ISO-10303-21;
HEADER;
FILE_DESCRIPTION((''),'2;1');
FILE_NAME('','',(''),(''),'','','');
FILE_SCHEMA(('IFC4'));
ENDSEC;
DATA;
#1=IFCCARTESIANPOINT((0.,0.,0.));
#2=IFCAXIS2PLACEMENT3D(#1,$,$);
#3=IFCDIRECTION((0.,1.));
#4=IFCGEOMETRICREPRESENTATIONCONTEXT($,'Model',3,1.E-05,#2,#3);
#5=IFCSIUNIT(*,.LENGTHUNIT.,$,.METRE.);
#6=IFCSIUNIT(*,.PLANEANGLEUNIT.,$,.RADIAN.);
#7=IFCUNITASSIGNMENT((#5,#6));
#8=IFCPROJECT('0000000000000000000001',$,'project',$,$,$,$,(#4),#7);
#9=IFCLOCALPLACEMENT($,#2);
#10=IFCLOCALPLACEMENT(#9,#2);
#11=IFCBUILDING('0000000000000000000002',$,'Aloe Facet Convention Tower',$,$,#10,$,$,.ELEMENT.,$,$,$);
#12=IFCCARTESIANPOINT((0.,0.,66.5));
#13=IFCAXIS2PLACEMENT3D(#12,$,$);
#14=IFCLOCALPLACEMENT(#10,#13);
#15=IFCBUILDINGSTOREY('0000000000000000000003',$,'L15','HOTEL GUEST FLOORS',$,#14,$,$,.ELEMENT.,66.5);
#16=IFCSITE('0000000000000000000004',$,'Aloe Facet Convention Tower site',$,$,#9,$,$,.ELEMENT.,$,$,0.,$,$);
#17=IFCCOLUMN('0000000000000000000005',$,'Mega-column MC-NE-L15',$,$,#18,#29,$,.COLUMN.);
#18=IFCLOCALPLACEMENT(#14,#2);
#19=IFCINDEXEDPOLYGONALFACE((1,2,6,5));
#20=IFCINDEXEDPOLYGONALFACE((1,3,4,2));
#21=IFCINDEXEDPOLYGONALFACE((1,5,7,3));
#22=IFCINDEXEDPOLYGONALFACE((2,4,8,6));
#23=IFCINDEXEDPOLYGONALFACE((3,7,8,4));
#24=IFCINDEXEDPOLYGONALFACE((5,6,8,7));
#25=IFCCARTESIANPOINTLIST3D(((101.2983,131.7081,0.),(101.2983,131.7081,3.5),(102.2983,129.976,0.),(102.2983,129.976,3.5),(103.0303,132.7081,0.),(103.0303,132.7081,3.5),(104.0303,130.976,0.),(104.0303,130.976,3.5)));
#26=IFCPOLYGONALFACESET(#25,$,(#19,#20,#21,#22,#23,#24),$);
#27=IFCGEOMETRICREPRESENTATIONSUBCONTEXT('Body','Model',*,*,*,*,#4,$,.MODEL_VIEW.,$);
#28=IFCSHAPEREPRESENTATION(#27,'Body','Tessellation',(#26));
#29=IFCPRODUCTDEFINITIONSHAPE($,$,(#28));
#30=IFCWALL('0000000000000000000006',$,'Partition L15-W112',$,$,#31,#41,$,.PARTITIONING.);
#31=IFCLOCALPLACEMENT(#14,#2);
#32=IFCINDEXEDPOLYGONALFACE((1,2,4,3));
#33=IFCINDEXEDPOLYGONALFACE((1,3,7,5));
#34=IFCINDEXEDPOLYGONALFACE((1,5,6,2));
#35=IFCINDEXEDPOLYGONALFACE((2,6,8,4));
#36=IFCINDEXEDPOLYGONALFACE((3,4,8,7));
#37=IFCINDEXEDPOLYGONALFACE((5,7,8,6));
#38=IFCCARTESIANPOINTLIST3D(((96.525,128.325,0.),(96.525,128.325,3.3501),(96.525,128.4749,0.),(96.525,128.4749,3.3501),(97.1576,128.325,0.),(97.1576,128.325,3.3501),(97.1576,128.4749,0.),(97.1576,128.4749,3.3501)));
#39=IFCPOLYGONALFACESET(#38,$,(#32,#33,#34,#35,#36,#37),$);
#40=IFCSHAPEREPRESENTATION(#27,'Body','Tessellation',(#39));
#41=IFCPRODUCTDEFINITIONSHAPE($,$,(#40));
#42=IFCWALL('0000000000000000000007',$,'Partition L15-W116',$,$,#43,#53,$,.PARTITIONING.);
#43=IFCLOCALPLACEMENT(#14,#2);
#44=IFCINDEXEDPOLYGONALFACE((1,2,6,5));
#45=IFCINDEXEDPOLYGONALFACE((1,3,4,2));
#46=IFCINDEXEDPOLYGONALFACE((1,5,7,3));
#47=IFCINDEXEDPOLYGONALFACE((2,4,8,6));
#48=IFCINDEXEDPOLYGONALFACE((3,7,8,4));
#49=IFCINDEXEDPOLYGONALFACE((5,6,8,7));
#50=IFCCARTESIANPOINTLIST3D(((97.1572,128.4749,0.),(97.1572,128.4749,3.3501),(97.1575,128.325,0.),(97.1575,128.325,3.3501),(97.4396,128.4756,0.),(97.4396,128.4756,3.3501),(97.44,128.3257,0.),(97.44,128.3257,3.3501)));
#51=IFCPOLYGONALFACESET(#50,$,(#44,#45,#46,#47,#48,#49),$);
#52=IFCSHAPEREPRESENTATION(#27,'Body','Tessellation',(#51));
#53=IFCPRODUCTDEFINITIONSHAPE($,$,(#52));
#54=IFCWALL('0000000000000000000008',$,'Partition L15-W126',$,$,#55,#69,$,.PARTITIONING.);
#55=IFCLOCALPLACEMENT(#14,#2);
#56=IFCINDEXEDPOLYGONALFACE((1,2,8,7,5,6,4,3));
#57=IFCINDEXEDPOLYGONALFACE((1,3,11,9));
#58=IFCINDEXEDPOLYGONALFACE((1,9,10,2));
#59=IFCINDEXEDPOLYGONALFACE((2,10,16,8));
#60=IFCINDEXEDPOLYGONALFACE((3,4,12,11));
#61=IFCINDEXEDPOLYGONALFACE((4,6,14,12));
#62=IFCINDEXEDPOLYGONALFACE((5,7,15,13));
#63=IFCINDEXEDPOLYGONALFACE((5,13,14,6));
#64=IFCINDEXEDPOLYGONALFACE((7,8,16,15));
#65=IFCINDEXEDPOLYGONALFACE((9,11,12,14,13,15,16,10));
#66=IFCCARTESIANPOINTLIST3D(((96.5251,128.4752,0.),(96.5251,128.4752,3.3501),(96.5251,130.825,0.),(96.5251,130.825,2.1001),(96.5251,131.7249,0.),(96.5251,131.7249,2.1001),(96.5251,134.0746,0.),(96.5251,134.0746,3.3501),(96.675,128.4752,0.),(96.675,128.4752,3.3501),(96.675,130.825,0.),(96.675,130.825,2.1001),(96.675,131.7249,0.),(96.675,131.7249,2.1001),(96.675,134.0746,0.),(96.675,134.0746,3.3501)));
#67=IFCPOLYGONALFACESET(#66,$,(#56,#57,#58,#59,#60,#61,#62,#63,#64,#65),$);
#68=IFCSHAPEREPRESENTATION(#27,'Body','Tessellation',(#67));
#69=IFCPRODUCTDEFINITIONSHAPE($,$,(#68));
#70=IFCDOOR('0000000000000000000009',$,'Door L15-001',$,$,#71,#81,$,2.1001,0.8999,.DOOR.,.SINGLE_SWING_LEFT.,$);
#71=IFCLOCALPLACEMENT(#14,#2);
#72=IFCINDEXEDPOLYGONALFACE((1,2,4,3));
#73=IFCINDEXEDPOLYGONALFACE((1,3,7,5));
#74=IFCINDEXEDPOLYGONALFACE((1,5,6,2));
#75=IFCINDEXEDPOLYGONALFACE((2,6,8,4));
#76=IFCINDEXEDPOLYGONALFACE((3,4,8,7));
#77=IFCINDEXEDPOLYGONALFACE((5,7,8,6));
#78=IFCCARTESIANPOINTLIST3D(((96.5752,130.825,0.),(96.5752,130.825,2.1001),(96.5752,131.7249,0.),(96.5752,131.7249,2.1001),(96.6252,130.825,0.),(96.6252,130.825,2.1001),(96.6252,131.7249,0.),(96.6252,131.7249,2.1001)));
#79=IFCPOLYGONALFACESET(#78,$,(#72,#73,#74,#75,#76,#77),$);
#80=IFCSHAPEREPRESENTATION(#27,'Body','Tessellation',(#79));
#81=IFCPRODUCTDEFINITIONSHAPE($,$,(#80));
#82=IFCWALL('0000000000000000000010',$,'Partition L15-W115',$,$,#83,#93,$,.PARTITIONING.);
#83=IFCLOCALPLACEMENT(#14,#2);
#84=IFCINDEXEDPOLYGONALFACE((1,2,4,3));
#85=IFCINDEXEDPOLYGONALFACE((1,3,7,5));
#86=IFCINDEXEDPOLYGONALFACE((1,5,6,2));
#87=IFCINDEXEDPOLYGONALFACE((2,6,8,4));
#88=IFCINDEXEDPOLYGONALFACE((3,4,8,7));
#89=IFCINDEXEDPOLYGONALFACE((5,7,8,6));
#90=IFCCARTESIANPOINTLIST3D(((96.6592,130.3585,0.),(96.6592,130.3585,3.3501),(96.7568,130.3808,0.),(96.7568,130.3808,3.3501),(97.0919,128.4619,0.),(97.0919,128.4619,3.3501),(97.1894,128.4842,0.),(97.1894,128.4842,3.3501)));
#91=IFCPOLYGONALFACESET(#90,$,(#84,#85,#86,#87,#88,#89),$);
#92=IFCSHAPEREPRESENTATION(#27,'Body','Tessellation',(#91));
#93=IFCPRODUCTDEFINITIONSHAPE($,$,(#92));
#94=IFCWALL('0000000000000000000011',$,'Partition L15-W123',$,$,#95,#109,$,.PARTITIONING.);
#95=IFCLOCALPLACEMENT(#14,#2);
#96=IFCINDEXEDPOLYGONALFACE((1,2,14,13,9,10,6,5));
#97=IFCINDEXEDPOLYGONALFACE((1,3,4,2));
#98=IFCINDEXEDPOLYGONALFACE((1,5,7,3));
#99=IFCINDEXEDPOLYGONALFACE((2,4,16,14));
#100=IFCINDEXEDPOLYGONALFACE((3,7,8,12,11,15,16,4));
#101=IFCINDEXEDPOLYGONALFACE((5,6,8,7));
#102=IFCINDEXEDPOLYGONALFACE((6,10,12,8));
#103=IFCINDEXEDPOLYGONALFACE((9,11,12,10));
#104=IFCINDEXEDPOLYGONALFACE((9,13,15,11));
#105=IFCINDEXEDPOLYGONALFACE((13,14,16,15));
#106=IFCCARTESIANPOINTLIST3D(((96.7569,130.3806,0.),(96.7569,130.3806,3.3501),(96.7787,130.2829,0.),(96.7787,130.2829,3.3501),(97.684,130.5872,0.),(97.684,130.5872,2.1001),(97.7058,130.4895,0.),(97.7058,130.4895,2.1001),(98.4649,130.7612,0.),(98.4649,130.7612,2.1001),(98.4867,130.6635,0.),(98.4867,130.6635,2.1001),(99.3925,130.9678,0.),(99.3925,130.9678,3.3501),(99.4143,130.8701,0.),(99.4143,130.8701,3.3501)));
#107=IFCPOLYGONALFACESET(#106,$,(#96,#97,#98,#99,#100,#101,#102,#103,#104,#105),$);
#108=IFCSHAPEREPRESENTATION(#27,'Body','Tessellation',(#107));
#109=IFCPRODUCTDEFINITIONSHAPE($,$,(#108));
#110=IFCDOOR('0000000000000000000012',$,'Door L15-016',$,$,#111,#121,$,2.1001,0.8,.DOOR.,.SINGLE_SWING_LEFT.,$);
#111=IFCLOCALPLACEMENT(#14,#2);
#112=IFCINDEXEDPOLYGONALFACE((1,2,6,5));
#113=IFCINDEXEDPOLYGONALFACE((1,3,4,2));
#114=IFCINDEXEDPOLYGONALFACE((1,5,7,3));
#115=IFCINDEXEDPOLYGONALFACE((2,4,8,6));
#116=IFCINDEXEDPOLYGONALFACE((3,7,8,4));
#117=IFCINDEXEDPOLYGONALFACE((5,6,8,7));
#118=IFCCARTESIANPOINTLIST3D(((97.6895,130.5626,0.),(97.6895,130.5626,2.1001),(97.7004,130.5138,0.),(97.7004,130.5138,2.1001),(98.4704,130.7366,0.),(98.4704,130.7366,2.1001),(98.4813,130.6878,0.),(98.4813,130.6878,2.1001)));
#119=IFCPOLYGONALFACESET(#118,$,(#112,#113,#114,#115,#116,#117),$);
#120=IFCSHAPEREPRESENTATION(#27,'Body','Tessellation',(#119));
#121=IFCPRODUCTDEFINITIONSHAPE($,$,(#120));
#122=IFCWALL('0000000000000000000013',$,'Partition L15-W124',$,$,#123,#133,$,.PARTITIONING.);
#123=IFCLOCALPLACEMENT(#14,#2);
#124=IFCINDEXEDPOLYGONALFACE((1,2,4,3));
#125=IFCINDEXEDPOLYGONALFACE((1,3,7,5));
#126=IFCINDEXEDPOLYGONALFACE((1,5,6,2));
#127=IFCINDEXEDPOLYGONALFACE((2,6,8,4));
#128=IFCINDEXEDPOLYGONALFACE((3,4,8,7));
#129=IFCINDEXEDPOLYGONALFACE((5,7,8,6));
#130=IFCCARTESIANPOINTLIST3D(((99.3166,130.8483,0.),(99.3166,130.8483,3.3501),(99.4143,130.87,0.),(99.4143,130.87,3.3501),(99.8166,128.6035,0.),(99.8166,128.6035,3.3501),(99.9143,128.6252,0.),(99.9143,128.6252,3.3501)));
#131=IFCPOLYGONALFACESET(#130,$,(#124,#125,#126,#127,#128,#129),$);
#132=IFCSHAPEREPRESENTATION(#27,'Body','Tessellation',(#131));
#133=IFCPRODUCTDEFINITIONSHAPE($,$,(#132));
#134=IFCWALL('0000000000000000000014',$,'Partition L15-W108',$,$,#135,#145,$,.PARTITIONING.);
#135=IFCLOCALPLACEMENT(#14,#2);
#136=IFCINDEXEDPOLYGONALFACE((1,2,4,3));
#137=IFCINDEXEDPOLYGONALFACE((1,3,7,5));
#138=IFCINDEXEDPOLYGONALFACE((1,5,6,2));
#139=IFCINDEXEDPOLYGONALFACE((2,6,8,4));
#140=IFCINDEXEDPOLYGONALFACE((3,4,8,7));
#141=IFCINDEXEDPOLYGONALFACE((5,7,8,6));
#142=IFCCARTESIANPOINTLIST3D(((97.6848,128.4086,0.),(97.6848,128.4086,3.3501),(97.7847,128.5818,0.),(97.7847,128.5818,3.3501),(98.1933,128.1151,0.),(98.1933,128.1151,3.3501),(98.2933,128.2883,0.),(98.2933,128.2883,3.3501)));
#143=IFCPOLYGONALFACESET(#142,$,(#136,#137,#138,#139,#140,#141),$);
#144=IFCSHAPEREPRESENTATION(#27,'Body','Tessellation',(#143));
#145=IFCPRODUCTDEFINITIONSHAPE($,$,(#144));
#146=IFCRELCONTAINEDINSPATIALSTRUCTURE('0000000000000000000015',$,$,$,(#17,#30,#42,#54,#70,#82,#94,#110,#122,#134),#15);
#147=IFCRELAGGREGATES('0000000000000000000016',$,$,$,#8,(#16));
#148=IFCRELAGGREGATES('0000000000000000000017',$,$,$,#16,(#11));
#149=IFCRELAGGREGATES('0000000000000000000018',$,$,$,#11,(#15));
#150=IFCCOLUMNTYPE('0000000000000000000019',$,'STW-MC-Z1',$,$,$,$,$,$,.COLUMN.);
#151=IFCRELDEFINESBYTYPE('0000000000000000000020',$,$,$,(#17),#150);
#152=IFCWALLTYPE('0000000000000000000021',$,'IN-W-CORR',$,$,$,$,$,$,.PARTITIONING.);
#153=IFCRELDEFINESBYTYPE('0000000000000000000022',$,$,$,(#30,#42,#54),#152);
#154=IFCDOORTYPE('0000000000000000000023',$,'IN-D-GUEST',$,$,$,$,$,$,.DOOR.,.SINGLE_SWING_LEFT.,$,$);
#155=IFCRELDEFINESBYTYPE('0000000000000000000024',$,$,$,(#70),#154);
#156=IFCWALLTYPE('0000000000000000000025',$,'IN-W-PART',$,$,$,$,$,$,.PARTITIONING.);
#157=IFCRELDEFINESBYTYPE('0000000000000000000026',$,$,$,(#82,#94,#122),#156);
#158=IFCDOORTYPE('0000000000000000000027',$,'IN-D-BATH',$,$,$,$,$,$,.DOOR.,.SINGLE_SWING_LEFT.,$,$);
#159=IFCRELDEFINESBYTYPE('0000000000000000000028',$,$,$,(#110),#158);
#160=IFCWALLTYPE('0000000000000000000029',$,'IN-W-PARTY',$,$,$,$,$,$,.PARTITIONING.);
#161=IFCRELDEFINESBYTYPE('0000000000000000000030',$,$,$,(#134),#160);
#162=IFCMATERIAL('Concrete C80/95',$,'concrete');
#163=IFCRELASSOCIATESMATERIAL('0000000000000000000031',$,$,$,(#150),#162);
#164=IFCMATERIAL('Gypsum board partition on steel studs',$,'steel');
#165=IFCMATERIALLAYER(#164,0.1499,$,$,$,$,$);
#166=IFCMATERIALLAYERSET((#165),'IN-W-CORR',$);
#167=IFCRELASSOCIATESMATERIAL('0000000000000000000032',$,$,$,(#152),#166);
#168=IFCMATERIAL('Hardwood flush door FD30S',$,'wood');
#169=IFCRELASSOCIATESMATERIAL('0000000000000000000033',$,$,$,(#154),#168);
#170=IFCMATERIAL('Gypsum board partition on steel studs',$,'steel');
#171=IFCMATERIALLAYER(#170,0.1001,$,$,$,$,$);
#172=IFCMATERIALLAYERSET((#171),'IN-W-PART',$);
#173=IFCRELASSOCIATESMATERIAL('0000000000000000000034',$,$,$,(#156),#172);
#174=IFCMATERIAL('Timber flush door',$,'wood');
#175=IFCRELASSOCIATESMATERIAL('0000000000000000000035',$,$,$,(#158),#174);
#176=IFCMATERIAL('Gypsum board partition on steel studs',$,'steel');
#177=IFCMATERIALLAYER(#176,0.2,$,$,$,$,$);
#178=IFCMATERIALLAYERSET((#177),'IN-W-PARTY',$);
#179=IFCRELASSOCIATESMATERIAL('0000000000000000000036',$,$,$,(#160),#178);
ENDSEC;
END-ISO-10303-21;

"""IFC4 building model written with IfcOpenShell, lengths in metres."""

from ifc_helpers import new_model, si_unit, direction, frame, frame_2d, origin, origin_2d, place, context, subcontext, project, spatial, rectangle, extrude, material, layer, layer_set, material_profile, profile_set, type_object, element, fill, save


model = new_model("IFC4")

# Units and contexts
model_context = context("Model", 3, precision=1e-05, world=origin(), true_north=direction((0.0, 1.0)))
body_context = subcontext(model_context, "Body", "Model", "MODEL_VIEW")
ifc_project = project(units=[si_unit("LENGTHUNIT", "METRE"), si_unit("PLANEANGLEUNIT", "RADIAN")], contexts=[model_context])

# Site, building, storey
site_placement = place(None, origin())
site = spatial("IfcSite", under=ifc_project, at=site_placement, Name="Aloe Facet Convention Tower site", CompositionType="ELEMENT", RefElevation=0.0)
building_placement = place(site_placement, origin())
building = spatial("IfcBuilding", under=site, at=building_placement, Name="Aloe Facet Convention Tower", CompositionType="ELEMENT")
storey_placement = place(building_placement, frame((0.0, 0.0, 66.5)))
storey = spatial("IfcBuildingStorey", under=building, at=storey_placement, Name="L15", Description="HOTEL GUEST FLOORS", CompositionType="ELEMENT", Elevation=66.5)

# Column
ifc_material_1 = material(Name="Concrete C80/95", Category="concrete")
ifc_material_profile = material_profile(ifc_material_1, rectangle(XDim=2.0, YDim=2.0, at=origin_2d()), Name="STW-MC-Z1")
ifc_profile_set = profile_set([ifc_material_profile], Name="Concrete C80/95")
column_type = type_object("IfcColumnType", Name="STW-MC-Z1", PredefinedType="COLUMN", material=ifc_profile_set)
column_placement = place(storey_placement, frame((102.6643, 131.342, 0.0), z_axis=(0.0, 0.0, 1.0), x_axis=(-0.5, 0.866025, 0.0)))
element("IfcColumn", 1, at=column_placement, inside=storey, type_object=column_type, Name="Mega-column MC-NE-L15", PredefinedType="COLUMN", context=body_context, shape_type="SweptSolid", body=[
    extrude(rectangle(XDim=2.0, YDim=2.0, at=origin_2d()), origin(), (0.0, 0.0, 1.0), 3.5),
])

# Walls
ifc_material_2 = material(Name="Gypsum board partition on steel studs", Category="steel")
ifc_layer_1 = layer(ifc_material_2, 0.1499)
ifc_layer_set_1 = layer_set([ifc_layer_1], Name="IN-W-CORR")
wall_type_1 = type_object("IfcWallType", Name="IN-W-CORR", PredefinedType="PARTITIONING", material=ifc_layer_set_1)
wall_1_placement = place(storey_placement, frame((96.5249, 128.3999, 0.0), z_axis=(0.0, 0.0, 1.0), x_axis=(1.0, 0.0, 0.0)))
element("IfcWall", 2, at=wall_1_placement, inside=storey, type_object=wall_type_1, Name="Partition L15-W112", PredefinedType="PARTITIONING", context=body_context, shape_type="SweptSolid", body=[
    extrude(rectangle(XDim=0.6326, YDim=0.1499, at=frame_2d((0.3164, 0.0))), origin(), (0.0, 0.0, 1.0), 3.3501),
])
wall_2_placement = place(storey_placement, frame((97.1575, 128.3999, 0.0), z_axis=(0.0, 0.0, 1.0), x_axis=(0.999997, 0.002593, 0.0)))
element("IfcWall", 3, at=wall_2_placement, inside=storey, type_object=wall_type_1, Name="Partition L15-W116", PredefinedType="PARTITIONING", context=body_context, shape_type="SweptSolid", body=[
    extrude(rectangle(XDim=0.2825, YDim=0.1499, at=frame_2d((0.1411, 0.0))), origin(), (0.0, 0.0, 1.0), 3.3501),
])

# Wall, opening, door
wall_3_placement = place(storey_placement, frame((96.6001, 128.4751, 0.0), z_axis=(0.0, 0.0, 1.0), x_axis=(0.0, 1.0, 0.0)))
wall_3 = element("IfcWall", 4, at=wall_3_placement, inside=storey, type_object=wall_type_1, Name="Partition L15-W126", PredefinedType="PARTITIONING", context=body_context, shape_type="SweptSolid", body=[
    extrude(rectangle(XDim=5.5994, YDim=0.1499, at=frame_2d((2.7998, 0.0))), origin(), (0.0, 0.0, 1.0), 3.3501),
])
opening_1_placement = place(wall_3_placement, frame((2.3499, 0.0, 0.0)))
opening_1 = element("IfcOpeningElement", 5, at=opening_1_placement, cuts=wall_3, PredefinedType="OPENING", context=body_context, shape_type="SweptSolid", body=[
    extrude(rectangle(XDim=0.8999, YDim=2.1001, at=frame_2d((0.45, 1.05))), frame((0.0, 0.085, 0.0), z_axis=(0.0, -1.0, 0.0), x_axis=(1.0, 0.0, 0.0)), (0.0, 0.0, 1.0), 0.1699),
])
ifc_material_3 = material(Name="Hardwood flush door FD30S", Category="wood")
door_type_1 = type_object("IfcDoorType", Name="IN-D-GUEST", OperationType="SINGLE_SWING_LEFT", PredefinedType="DOOR", material=ifc_material_3)
door_1_placement = place(opening_1_placement, origin())
door_1 = element("IfcDoor", 6, at=door_1_placement, inside=storey, type_object=door_type_1, Name="Door L15-001", OperationType="SINGLE_SWING_LEFT", OverallHeight=2.1001, OverallWidth=0.8999, PredefinedType="DOOR", context=body_context, shape_type="SweptSolid", body=[
    extrude(rectangle(XDim=0.8999, YDim=2.1001, at=frame_2d((0.45, 1.05))), frame((0.0, 0.0249, 0.0), z_axis=(0.0, -1.0, 0.0), x_axis=(1.0, 0.0, 0.0)), (0.0, 0.0, 1.0), 0.05),
])
fill(opening_1, door_1)

# Wall
ifc_material_4 = material(Name="Gypsum board partition on steel studs", Category="steel")
ifc_layer_2 = layer(ifc_material_4, 0.1001)
ifc_layer_set_2 = layer_set([ifc_layer_2], Name="IN-W-PART")
wall_type_2 = type_object("IfcWallType", Name="IN-W-PART", PredefinedType="PARTITIONING", material=ifc_layer_set_2)
wall_4_placement = place(storey_placement, frame((96.708, 130.3696, 0.0), z_axis=(0.0, 0.0, 1.0), x_axis=(0.222402, -0.974955, 0.0)))
element("IfcWall", 7, at=wall_4_placement, inside=storey, type_object=wall_type_2, Name="Partition L15-W115", PredefinedType="PARTITIONING", context=body_context, shape_type="SweptSolid", body=[
    extrude(rectangle(XDim=1.9453, YDim=0.1001, at=frame_2d((0.9727, 0.0))), origin(), (0.0, 0.0, 1.0), 3.3501),
])

# Wall, opening, door
wall_5_placement = place(storey_placement, frame((96.7678, 130.3318, 0.0), z_axis=(0.0, 0.0, 1.0), x_axis=(0.97607, 0.217457, 0.0)))
wall_5 = element("IfcWall", 8, at=wall_5_placement, inside=storey, type_object=wall_type_2, Name="Partition L15-W123", PredefinedType="PARTITIONING", context=body_context, shape_type="SweptSolid", body=[
    extrude(rectangle(XDim=2.7002, YDim=0.1001, at=frame_2d((1.3501, 0.0))), origin(), (0.0, 0.0, 1.0), 3.3501),
])
opening_2_placement = place(wall_5_placement, frame((0.95, 0.0, 0.0)))
opening_2 = element("IfcOpeningElement", 9, at=opening_2_placement, cuts=wall_5, PredefinedType="OPENING", context=body_context, shape_type="SweptSolid", body=[
    extrude(rectangle(XDim=0.8, YDim=2.1001, at=frame_2d((0.3999, 1.05))), frame((0.0, 0.0601, 0.0), z_axis=(0.0, -1.0, 0.0), x_axis=(1.0, 0.0, 0.0)), (0.0, 0.0, 1.0), 0.1201),
])
ifc_material_5 = material(Name="Timber flush door", Category="wood")
door_type_2 = type_object("IfcDoorType", Name="IN-D-BATH", OperationType="SINGLE_SWING_LEFT", PredefinedType="DOOR", material=ifc_material_5)
door_2_placement = place(opening_2_placement, origin())
door_2 = element("IfcDoor", 10, at=door_2_placement, inside=storey, type_object=door_type_2, Name="Door L15-016", OperationType="SINGLE_SWING_LEFT", OverallHeight=2.1001, OverallWidth=0.8, PredefinedType="DOOR", context=body_context, shape_type="SweptSolid", body=[
    extrude(rectangle(XDim=0.8, YDim=2.1001, at=frame_2d((0.3999, 1.05))), frame((0.0, 0.0249, 0.0), z_axis=(0.0, -1.0, 0.0), x_axis=(1.0, 0.0, 0.0)), (0.0, 0.0, 1.0), 0.05),
])
fill(opening_2, door_2)

# Walls
wall_6_placement = place(storey_placement, frame((99.3655, 130.8591, 0.0), z_axis=(0.0, 0.0, 1.0), x_axis=(0.217403, -0.976082, 0.0)))
element("IfcWall", 11, at=wall_6_placement, inside=storey, type_object=wall_type_2, Name="Partition L15-W124", PredefinedType="PARTITIONING", context=body_context, shape_type="SweptSolid", body=[
    extrude(rectangle(XDim=2.2998, YDim=0.1001, at=frame_2d((1.1499, 0.0))), origin(), (0.0, 0.0, 1.0), 3.3501),
])
ifc_material_6 = material(Name="Gypsum board partition on steel studs", Category="steel")
ifc_layer_3 = layer(ifc_material_6, 0.2)
ifc_layer_set_3 = layer_set([ifc_layer_3], Name="IN-W-PARTY")
wall_type_3 = type_object("IfcWallType", Name="IN-W-PARTY", PredefinedType="PARTITIONING", material=ifc_layer_set_3)
wall_7_placement = place(storey_placement, frame((97.7349, 128.4951, 0.0), z_axis=(0.0, 0.0, 1.0), x_axis=(0.866137, -0.499806, 0.0)))
element("IfcWall", 12, at=wall_7_placement, inside=storey, type_object=wall_type_3, Name="Partition L15-W108", PredefinedType="PARTITIONING", context=body_context, shape_type="SweptSolid", body=[
    extrude(rectangle(XDim=0.5872, YDim=0.2, at=frame_2d((0.2935, 0.0))), origin(), (0.0, 0.0, 1.0), 3.3501),
])

save(model, "model.ifc")
